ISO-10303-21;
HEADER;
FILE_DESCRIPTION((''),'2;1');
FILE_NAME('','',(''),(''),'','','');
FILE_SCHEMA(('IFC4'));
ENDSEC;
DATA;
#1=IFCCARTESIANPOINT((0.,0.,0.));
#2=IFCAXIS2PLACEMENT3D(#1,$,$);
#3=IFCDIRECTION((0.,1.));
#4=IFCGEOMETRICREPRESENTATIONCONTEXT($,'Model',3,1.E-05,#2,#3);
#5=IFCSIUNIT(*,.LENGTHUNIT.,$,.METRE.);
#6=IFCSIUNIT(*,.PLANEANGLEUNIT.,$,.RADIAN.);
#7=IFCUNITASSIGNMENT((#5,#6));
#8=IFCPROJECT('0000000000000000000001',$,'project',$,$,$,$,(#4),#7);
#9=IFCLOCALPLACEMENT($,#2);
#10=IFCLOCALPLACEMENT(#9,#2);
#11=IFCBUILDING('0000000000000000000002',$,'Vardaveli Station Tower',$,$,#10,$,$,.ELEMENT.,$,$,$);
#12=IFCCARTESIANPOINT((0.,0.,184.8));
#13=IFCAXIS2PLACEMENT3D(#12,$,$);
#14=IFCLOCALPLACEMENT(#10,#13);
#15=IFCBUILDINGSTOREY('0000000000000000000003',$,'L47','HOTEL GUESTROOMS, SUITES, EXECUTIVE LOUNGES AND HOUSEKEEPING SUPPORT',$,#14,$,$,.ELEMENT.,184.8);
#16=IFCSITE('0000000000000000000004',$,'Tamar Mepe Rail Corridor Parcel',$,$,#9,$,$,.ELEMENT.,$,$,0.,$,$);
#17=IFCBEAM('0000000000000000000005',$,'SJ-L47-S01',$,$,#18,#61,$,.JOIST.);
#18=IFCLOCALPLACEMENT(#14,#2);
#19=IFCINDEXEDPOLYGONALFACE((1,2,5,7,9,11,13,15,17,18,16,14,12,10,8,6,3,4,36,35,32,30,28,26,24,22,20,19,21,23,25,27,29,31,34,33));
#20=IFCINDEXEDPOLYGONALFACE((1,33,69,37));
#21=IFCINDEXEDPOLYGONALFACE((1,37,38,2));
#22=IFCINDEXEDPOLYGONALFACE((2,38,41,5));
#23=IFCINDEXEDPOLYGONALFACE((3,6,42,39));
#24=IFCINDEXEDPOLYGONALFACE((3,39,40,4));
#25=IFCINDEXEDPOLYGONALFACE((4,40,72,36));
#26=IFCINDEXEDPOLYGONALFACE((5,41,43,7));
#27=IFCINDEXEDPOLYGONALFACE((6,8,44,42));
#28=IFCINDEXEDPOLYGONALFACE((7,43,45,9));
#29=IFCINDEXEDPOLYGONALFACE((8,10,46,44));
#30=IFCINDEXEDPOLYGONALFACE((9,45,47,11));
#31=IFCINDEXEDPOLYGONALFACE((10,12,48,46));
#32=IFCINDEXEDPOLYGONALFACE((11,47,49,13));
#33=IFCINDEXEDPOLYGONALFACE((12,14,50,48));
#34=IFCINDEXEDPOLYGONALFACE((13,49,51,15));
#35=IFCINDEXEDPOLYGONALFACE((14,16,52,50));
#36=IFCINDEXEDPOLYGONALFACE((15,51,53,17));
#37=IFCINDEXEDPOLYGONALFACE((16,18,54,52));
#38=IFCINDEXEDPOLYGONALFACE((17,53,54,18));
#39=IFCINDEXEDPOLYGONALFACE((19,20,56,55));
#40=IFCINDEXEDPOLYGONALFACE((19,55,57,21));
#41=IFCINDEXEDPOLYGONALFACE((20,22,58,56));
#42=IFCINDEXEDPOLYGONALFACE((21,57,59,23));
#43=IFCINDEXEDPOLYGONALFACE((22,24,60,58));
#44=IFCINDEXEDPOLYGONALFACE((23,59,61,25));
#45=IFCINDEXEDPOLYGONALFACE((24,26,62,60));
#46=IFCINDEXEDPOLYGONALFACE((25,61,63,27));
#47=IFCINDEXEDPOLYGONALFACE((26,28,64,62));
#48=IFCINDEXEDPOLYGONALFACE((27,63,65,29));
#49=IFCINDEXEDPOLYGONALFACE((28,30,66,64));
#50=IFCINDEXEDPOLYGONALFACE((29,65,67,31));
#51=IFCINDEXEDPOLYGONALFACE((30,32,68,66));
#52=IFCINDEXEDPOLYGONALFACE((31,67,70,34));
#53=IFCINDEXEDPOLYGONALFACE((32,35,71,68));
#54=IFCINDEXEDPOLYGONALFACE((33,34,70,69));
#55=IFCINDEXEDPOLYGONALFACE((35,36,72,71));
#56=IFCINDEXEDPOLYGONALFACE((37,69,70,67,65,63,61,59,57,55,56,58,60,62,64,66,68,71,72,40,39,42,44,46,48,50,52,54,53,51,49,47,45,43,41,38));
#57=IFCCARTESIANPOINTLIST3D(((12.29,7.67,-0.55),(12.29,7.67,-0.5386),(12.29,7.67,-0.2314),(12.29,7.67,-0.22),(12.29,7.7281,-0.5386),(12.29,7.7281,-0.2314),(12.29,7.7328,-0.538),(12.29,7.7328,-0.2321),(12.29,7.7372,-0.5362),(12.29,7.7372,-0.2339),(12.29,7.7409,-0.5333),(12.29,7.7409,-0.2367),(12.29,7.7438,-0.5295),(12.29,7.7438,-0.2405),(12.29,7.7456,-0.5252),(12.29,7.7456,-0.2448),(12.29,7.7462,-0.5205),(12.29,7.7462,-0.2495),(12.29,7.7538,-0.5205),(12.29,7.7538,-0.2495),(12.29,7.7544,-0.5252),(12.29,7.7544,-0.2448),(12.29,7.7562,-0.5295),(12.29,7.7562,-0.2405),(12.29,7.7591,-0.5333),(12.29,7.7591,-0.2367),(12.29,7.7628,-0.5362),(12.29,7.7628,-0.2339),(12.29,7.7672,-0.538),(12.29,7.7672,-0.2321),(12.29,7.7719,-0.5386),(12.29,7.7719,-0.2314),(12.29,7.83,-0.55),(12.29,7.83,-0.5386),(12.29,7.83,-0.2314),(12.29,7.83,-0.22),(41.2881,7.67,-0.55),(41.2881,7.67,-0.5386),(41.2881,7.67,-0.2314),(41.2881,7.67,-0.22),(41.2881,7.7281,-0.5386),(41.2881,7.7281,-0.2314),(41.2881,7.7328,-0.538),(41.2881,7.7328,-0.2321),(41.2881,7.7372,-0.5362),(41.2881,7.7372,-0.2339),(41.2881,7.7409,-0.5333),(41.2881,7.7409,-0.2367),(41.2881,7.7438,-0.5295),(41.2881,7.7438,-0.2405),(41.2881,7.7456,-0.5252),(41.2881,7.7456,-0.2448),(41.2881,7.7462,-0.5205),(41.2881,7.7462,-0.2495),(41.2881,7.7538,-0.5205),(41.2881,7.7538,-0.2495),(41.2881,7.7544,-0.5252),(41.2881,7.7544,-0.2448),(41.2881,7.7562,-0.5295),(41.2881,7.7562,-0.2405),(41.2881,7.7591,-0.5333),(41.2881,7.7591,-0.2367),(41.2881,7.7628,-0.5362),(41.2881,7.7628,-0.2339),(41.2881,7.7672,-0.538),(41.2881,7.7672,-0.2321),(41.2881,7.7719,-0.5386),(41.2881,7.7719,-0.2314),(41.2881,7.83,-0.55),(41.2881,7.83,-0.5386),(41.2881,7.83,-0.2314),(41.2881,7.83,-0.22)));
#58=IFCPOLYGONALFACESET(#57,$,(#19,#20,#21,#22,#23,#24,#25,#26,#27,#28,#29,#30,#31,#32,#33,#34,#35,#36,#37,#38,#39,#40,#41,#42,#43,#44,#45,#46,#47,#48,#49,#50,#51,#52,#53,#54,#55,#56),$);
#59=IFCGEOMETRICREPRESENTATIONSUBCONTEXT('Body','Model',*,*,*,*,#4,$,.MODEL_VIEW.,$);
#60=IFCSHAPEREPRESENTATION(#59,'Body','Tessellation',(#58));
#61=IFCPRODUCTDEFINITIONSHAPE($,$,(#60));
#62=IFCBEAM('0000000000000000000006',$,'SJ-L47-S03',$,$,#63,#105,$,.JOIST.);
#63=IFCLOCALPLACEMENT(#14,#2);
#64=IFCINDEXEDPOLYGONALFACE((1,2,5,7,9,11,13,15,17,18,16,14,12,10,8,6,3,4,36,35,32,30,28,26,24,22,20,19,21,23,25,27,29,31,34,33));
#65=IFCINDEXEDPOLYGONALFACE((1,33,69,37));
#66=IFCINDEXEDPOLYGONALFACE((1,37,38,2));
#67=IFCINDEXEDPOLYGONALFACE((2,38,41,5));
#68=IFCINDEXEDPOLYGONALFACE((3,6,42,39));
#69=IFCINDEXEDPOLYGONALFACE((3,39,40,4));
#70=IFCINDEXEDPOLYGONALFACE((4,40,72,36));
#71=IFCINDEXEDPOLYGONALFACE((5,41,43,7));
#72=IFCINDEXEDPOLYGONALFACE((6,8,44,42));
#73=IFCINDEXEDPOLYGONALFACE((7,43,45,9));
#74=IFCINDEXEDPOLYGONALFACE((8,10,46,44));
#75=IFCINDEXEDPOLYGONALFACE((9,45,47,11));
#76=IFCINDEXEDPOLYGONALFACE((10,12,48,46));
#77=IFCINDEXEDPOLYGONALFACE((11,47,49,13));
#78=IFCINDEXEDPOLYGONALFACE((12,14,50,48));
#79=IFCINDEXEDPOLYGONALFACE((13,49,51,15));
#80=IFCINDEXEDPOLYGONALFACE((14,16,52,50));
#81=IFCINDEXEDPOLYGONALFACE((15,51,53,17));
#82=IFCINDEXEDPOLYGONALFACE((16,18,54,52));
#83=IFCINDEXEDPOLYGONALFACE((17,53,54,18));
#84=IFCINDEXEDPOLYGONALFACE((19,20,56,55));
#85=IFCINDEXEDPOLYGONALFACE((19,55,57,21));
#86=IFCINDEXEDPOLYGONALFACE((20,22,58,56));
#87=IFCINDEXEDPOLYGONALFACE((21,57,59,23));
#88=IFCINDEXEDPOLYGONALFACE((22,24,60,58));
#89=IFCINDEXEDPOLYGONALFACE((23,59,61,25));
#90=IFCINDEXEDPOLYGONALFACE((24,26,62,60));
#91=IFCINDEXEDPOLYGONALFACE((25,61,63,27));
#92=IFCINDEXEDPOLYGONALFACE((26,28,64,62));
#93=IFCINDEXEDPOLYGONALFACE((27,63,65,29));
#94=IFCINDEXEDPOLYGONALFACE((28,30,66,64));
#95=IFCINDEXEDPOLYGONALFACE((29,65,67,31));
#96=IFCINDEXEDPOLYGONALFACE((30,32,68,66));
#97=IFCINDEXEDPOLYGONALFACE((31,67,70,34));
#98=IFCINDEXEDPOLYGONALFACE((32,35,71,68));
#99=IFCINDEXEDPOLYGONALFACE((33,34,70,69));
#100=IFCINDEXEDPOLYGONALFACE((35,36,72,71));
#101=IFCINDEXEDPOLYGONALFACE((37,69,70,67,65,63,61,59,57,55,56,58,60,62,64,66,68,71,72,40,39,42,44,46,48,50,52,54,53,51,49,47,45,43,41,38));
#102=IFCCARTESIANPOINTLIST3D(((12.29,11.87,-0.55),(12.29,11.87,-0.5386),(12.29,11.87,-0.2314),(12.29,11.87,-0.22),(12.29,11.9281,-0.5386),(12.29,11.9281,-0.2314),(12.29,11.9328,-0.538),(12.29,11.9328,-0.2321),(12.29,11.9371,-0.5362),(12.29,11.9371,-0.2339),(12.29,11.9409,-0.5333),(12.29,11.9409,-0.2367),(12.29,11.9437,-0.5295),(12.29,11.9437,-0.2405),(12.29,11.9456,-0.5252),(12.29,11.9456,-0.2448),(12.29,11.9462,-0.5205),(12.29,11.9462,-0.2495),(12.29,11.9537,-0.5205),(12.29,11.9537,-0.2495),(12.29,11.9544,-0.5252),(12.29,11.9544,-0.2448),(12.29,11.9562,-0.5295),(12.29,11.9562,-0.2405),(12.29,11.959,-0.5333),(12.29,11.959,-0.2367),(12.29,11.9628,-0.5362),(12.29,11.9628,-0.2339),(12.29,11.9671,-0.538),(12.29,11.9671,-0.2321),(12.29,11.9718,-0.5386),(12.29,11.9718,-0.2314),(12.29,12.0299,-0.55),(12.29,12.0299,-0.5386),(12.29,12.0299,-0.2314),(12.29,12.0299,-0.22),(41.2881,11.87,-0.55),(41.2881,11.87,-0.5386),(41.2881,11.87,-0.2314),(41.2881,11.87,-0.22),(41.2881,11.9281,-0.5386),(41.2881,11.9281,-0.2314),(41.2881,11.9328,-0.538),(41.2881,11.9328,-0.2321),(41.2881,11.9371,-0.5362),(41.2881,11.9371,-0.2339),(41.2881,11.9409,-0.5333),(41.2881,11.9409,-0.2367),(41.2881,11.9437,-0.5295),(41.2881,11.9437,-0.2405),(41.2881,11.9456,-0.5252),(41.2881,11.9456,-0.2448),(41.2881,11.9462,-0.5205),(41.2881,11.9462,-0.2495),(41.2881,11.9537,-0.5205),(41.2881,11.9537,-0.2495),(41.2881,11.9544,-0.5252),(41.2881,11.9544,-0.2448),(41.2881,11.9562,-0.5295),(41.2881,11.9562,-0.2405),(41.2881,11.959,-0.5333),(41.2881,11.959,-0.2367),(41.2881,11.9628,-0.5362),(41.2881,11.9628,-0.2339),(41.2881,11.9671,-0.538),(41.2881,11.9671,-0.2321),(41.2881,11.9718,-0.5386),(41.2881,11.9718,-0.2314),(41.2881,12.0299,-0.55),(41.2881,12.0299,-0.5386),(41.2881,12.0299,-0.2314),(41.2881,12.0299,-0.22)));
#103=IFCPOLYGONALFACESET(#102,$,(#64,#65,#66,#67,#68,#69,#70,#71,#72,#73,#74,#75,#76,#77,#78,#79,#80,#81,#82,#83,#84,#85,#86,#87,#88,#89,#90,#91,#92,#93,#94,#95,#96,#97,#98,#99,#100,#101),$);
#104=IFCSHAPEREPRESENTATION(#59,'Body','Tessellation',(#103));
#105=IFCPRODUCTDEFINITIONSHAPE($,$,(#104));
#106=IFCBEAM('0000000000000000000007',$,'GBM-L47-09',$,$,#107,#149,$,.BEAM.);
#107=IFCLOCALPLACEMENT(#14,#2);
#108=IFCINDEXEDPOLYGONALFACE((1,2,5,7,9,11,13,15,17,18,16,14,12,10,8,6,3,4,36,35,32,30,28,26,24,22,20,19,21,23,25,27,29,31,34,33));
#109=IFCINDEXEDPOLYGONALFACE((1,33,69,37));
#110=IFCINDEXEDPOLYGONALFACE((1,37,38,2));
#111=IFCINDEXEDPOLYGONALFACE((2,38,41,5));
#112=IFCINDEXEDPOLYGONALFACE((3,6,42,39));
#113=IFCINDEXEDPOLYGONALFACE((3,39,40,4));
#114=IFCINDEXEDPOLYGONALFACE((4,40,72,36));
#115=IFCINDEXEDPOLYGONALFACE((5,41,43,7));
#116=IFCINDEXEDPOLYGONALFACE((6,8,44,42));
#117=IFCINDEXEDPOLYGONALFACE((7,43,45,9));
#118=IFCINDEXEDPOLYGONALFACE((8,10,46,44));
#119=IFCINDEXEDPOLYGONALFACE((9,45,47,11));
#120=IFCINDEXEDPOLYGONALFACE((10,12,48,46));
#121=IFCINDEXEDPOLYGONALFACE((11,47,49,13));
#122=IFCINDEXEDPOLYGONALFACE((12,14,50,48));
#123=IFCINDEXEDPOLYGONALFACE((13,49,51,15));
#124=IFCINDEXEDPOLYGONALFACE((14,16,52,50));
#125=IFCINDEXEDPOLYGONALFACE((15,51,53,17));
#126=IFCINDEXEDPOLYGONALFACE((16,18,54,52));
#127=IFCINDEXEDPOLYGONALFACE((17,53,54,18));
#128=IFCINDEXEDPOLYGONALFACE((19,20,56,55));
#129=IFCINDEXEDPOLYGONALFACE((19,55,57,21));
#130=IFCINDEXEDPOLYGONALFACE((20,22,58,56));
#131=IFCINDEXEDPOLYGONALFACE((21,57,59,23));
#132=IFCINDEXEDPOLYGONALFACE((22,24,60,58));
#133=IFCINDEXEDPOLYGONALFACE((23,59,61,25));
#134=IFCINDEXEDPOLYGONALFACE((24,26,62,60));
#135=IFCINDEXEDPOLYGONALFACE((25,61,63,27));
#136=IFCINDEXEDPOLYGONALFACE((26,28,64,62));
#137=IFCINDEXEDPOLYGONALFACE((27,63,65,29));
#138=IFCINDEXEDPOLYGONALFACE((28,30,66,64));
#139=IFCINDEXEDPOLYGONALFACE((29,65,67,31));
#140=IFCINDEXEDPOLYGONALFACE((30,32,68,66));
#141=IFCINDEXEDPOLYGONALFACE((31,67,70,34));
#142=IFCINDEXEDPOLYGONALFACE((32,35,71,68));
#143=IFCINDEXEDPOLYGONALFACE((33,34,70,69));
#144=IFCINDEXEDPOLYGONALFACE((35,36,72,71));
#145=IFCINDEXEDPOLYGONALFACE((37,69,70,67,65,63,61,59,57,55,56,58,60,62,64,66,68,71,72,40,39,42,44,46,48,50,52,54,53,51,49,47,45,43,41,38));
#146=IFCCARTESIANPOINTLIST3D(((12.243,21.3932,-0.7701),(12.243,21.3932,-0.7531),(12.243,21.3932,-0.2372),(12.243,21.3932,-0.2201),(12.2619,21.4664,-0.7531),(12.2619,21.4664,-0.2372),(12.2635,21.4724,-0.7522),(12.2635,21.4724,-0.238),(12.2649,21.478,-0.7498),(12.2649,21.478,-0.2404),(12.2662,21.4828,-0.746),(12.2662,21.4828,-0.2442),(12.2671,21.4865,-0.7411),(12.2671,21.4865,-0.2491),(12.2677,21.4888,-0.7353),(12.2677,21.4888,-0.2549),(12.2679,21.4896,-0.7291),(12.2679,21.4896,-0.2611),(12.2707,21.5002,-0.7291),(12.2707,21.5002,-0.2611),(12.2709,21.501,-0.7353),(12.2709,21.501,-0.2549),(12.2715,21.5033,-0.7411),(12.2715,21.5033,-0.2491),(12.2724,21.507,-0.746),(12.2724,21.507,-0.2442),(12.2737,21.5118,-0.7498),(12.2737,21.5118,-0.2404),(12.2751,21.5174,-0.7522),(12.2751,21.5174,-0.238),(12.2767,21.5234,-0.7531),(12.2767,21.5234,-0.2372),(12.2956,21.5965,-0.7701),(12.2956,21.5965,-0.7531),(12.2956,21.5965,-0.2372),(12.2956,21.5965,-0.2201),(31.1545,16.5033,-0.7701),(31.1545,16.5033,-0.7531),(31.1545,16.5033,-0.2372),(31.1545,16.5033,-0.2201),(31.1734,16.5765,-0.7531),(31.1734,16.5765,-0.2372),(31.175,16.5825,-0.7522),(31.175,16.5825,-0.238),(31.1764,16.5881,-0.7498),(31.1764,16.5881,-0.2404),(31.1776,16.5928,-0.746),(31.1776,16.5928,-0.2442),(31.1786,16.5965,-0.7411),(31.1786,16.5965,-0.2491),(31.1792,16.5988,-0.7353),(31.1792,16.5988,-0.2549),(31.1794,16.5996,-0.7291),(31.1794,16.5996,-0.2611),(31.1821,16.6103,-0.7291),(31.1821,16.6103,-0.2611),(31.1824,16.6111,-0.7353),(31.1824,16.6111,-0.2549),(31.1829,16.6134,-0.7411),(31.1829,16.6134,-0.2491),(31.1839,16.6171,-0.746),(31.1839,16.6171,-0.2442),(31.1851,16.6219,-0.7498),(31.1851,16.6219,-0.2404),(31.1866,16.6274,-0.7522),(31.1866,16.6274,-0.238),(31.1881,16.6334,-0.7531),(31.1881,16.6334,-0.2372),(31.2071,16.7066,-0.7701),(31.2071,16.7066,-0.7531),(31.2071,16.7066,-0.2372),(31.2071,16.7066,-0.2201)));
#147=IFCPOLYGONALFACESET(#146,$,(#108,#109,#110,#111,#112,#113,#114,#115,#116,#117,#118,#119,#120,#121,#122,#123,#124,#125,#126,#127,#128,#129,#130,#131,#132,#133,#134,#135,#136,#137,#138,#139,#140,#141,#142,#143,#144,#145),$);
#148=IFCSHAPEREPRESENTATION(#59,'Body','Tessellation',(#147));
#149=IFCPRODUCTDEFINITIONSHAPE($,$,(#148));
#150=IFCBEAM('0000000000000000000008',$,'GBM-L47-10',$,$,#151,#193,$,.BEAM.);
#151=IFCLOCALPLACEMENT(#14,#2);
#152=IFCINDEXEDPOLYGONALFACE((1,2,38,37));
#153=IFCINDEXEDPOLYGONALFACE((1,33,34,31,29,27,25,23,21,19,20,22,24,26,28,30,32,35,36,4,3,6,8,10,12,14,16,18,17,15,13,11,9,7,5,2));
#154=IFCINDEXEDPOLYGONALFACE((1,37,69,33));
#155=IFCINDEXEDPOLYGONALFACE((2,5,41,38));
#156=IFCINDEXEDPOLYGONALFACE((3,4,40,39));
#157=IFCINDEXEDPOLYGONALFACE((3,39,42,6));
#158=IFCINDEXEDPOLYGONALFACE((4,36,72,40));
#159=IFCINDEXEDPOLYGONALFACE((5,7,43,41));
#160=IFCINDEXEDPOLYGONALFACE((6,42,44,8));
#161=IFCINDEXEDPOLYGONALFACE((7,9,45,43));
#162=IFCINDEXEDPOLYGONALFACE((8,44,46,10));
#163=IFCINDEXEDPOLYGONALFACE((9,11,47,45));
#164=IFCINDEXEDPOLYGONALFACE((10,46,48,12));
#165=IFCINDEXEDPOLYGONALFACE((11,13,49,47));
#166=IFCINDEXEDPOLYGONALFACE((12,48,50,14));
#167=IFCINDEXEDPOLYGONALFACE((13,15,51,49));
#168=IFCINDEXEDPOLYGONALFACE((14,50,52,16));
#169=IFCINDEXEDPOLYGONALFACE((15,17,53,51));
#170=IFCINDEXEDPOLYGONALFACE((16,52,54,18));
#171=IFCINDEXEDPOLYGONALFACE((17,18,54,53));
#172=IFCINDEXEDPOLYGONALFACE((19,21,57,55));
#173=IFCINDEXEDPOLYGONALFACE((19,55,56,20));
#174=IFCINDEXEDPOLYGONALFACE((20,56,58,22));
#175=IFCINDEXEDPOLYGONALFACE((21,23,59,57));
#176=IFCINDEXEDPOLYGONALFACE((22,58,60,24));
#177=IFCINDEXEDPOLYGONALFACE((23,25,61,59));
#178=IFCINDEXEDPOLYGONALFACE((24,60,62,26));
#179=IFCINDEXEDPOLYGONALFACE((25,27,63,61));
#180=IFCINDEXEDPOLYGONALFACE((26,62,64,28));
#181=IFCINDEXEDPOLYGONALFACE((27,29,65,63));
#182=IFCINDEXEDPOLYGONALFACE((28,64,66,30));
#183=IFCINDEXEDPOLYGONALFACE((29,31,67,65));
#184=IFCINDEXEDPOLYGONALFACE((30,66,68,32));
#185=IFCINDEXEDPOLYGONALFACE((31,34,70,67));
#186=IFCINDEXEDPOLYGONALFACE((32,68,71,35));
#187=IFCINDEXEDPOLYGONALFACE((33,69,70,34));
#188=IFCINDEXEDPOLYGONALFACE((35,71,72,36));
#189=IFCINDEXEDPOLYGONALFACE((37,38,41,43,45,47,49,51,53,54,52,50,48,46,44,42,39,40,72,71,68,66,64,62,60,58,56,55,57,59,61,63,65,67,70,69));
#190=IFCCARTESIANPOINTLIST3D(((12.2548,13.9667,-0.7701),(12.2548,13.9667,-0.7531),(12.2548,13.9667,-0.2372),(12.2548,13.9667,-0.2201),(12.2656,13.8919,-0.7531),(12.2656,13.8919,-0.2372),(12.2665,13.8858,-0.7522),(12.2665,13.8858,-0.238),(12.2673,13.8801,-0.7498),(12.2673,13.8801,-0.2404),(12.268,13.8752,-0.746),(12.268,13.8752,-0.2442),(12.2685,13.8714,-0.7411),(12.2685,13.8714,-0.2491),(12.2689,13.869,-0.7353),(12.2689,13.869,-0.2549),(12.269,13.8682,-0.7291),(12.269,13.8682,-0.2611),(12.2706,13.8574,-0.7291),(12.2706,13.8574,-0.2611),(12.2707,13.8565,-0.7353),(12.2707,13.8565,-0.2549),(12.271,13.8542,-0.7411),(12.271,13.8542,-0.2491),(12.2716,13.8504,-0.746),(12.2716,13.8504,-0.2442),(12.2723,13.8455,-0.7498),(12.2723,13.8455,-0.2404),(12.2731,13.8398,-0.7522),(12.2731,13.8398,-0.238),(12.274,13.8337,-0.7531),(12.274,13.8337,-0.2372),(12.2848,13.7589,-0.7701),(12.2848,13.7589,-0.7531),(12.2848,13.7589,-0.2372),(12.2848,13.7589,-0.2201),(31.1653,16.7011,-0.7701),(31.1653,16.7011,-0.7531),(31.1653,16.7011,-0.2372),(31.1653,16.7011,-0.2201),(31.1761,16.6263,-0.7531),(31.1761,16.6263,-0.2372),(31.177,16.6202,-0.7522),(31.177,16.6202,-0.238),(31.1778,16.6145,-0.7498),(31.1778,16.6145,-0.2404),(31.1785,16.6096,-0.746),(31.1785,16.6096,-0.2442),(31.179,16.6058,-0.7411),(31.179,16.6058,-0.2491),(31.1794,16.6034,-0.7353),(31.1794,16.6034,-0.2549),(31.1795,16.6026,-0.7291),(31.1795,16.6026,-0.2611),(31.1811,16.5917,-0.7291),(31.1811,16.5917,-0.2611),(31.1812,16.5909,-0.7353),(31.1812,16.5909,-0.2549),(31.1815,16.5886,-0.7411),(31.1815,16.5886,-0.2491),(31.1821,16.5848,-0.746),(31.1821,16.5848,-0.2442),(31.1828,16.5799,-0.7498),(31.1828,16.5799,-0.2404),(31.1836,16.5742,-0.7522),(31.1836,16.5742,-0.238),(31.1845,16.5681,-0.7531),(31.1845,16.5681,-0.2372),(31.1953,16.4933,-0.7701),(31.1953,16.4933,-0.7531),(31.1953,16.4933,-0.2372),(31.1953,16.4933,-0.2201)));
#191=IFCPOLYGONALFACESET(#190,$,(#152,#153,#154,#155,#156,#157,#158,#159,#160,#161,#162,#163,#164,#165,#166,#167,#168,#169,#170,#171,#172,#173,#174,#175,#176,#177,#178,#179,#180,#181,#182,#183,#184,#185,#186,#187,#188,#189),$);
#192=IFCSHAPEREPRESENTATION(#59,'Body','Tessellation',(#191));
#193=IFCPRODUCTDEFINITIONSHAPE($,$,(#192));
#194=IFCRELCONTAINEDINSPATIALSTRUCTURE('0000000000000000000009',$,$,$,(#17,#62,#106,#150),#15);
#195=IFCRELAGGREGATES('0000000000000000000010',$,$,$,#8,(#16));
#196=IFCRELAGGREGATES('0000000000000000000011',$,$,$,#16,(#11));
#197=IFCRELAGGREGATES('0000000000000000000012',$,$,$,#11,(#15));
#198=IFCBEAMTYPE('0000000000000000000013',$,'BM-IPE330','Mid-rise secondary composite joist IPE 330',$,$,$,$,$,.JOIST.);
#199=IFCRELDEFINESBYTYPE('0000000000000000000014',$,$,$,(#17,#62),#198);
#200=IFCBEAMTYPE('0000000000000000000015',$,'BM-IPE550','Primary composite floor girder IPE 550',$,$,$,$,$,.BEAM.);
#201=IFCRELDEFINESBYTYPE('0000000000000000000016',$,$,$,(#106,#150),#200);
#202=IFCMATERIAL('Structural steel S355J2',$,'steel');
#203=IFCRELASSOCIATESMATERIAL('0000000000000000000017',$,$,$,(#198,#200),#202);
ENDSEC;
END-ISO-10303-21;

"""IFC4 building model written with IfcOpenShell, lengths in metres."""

from ifc_helpers import new_model, si_unit, direction, frame, origin, origin_2d, place, context, subcontext, project, spatial, i_section, extrude, source, transform, mapped, material, material_profile, profile_set, type_object, element, save


model = new_model("IFC4")

# Units and contexts
model_context = context("Model", 3, precision=1e-05, world=origin(), true_north=direction((0.0, 1.0)))
body_context = subcontext(model_context, "Body", "Model", "MODEL_VIEW")
ifc_project = project(units=[si_unit("LENGTHUNIT", "METRE"), si_unit("PLANEANGLEUNIT", "RADIAN")], contexts=[model_context])

# Site, building, storey
site_placement = place(None, origin())
site = spatial("IfcSite", under=ifc_project, at=site_placement, Name="Tamar Mepe Rail Corridor Parcel", CompositionType="ELEMENT", RefElevation=0.0)
building_placement = place(site_placement, origin())
building = spatial("IfcBuilding", under=site, at=building_placement, Name="Vardaveli Station Tower", CompositionType="ELEMENT")
storey_placement = place(building_placement, frame((0.0, 0.0, 184.8)))
storey = spatial("IfcBuildingStorey", under=building, at=storey_placement, Name="L47", Description="HOTEL GUESTROOMS, SUITES, EXECUTIVE LOUNGES AND HOUSEKEEPING SUPPORT", CompositionType="ELEMENT", Elevation=184.8)

# Beams
ifc_material_1 = material(Name="Structural steel S355J2", Category="steel")
ifc_material_profile_1 = material_profile(ifc_material_1, i_section(OverallWidth=0.1599, OverallDepth=0.3301, WebThickness=0.0076, FlangeThickness=0.0115, FilletRadius=0.0181, at=origin_2d()), Name="IPE 330")
ifc_profile_set_1 = profile_set([ifc_material_profile_1], Name="Structural steel S355J2")
beam_type_1 = type_object("IfcBeamType", Name="BM-IPE330", Description="Mid-rise secondary composite joist IPE 330", PredefinedType="JOIST", material=ifc_profile_set_1)
shared_shape_1 = source(origin(), body_context, "Body", "SweptSolid", [
    extrude(i_section(OverallWidth=0.1599, OverallDepth=0.3301, WebThickness=0.0076, FlangeThickness=0.0115, FilletRadius=0.0181, at=origin_2d()), origin(), (0.0, 0.0, 1.0), 28.998),
])
for number, where, z_axis, x_axis, name in (
    (1, (12.29, 7.75, -0.385), (1.0, 0.0, 0.0), (0.0, 1.0, 0.0), "SJ-L47-S01"),
    (2, (12.29, 11.95, -0.385), (1.0, 0.0, 0.0), (0.0, 1.0, 0.0), "SJ-L47-S03"),
):
    element("IfcBeam", number, at=place(storey_placement, frame(where, z_axis=z_axis, x_axis=x_axis)), inside=storey, type_object=beam_type_1, Name=name, PredefinedType="JOIST", context=body_context, shape_type="MappedRepresentation", body=[
        mapped(shared_shape_1, transform((0.0, 0.0, 0.0), scale=1.0)),
    ])
ifc_material_profile_2 = material_profile(ifc_material_1, i_section(OverallWidth=0.21, OverallDepth=0.55, WebThickness=0.011, FlangeThickness=0.0171, FilletRadius=0.0239, at=origin_2d()), Name="IPE 550")
ifc_profile_set_2 = profile_set([ifc_material_profile_2], Name="Structural steel S355J2")
beam_type_2 = type_object("IfcBeamType", Name="BM-IPE550", Description="Primary composite floor girder IPE 550", PredefinedType="BEAM", material=ifc_profile_set_2)
shared_shape_2 = source(origin(), body_context, "Body", "SweptSolid", [
    extrude(i_section(OverallWidth=0.21, OverallDepth=0.55, WebThickness=0.011, FlangeThickness=0.0171, FilletRadius=0.0239, at=origin_2d()), origin(), (0.0, 0.0, 1.0), 19.5334),
])
beam_1_placement = place(storey_placement, frame((12.2693, 21.4949, -0.4951), z_axis=(0.968159, -0.250336, 0.0), x_axis=(0.250336, 0.968159, 0.0)))
element("IfcBeam", 3, at=beam_1_placement, inside=storey, type_object=beam_type_2, Name="GBM-L47-09", PredefinedType="BEAM", context=body_context, shape_type="MappedRepresentation", body=[
    mapped(shared_shape_2, transform((0.0, 0.0, 0.0), scale=1.0)),
])
shared_shape_3 = source(origin(), body_context, "Body", "SweptSolid", [
    extrude(i_section(OverallWidth=0.21, OverallDepth=0.55, WebThickness=0.011, FlangeThickness=0.0171, FilletRadius=0.0239, at=origin_2d()), origin(), (0.0, 0.0, 1.0), 19.1072),
])
beam_2_placement = place(storey_placement, frame((12.2698, 13.8628, -0.4951), z_axis=(0.989707, 0.143108, 0.0), x_axis=(-0.143108, 0.989707, 0.0)))
element("IfcBeam", 4, at=beam_2_placement, inside=storey, type_object=beam_type_2, Name="GBM-L47-10", PredefinedType="BEAM", context=body_context, shape_type="MappedRepresentation", body=[
    mapped(shared_shape_3, transform((0.0, 0.0, 0.0), scale=1.0)),
])

save(model, "model.ifc")
